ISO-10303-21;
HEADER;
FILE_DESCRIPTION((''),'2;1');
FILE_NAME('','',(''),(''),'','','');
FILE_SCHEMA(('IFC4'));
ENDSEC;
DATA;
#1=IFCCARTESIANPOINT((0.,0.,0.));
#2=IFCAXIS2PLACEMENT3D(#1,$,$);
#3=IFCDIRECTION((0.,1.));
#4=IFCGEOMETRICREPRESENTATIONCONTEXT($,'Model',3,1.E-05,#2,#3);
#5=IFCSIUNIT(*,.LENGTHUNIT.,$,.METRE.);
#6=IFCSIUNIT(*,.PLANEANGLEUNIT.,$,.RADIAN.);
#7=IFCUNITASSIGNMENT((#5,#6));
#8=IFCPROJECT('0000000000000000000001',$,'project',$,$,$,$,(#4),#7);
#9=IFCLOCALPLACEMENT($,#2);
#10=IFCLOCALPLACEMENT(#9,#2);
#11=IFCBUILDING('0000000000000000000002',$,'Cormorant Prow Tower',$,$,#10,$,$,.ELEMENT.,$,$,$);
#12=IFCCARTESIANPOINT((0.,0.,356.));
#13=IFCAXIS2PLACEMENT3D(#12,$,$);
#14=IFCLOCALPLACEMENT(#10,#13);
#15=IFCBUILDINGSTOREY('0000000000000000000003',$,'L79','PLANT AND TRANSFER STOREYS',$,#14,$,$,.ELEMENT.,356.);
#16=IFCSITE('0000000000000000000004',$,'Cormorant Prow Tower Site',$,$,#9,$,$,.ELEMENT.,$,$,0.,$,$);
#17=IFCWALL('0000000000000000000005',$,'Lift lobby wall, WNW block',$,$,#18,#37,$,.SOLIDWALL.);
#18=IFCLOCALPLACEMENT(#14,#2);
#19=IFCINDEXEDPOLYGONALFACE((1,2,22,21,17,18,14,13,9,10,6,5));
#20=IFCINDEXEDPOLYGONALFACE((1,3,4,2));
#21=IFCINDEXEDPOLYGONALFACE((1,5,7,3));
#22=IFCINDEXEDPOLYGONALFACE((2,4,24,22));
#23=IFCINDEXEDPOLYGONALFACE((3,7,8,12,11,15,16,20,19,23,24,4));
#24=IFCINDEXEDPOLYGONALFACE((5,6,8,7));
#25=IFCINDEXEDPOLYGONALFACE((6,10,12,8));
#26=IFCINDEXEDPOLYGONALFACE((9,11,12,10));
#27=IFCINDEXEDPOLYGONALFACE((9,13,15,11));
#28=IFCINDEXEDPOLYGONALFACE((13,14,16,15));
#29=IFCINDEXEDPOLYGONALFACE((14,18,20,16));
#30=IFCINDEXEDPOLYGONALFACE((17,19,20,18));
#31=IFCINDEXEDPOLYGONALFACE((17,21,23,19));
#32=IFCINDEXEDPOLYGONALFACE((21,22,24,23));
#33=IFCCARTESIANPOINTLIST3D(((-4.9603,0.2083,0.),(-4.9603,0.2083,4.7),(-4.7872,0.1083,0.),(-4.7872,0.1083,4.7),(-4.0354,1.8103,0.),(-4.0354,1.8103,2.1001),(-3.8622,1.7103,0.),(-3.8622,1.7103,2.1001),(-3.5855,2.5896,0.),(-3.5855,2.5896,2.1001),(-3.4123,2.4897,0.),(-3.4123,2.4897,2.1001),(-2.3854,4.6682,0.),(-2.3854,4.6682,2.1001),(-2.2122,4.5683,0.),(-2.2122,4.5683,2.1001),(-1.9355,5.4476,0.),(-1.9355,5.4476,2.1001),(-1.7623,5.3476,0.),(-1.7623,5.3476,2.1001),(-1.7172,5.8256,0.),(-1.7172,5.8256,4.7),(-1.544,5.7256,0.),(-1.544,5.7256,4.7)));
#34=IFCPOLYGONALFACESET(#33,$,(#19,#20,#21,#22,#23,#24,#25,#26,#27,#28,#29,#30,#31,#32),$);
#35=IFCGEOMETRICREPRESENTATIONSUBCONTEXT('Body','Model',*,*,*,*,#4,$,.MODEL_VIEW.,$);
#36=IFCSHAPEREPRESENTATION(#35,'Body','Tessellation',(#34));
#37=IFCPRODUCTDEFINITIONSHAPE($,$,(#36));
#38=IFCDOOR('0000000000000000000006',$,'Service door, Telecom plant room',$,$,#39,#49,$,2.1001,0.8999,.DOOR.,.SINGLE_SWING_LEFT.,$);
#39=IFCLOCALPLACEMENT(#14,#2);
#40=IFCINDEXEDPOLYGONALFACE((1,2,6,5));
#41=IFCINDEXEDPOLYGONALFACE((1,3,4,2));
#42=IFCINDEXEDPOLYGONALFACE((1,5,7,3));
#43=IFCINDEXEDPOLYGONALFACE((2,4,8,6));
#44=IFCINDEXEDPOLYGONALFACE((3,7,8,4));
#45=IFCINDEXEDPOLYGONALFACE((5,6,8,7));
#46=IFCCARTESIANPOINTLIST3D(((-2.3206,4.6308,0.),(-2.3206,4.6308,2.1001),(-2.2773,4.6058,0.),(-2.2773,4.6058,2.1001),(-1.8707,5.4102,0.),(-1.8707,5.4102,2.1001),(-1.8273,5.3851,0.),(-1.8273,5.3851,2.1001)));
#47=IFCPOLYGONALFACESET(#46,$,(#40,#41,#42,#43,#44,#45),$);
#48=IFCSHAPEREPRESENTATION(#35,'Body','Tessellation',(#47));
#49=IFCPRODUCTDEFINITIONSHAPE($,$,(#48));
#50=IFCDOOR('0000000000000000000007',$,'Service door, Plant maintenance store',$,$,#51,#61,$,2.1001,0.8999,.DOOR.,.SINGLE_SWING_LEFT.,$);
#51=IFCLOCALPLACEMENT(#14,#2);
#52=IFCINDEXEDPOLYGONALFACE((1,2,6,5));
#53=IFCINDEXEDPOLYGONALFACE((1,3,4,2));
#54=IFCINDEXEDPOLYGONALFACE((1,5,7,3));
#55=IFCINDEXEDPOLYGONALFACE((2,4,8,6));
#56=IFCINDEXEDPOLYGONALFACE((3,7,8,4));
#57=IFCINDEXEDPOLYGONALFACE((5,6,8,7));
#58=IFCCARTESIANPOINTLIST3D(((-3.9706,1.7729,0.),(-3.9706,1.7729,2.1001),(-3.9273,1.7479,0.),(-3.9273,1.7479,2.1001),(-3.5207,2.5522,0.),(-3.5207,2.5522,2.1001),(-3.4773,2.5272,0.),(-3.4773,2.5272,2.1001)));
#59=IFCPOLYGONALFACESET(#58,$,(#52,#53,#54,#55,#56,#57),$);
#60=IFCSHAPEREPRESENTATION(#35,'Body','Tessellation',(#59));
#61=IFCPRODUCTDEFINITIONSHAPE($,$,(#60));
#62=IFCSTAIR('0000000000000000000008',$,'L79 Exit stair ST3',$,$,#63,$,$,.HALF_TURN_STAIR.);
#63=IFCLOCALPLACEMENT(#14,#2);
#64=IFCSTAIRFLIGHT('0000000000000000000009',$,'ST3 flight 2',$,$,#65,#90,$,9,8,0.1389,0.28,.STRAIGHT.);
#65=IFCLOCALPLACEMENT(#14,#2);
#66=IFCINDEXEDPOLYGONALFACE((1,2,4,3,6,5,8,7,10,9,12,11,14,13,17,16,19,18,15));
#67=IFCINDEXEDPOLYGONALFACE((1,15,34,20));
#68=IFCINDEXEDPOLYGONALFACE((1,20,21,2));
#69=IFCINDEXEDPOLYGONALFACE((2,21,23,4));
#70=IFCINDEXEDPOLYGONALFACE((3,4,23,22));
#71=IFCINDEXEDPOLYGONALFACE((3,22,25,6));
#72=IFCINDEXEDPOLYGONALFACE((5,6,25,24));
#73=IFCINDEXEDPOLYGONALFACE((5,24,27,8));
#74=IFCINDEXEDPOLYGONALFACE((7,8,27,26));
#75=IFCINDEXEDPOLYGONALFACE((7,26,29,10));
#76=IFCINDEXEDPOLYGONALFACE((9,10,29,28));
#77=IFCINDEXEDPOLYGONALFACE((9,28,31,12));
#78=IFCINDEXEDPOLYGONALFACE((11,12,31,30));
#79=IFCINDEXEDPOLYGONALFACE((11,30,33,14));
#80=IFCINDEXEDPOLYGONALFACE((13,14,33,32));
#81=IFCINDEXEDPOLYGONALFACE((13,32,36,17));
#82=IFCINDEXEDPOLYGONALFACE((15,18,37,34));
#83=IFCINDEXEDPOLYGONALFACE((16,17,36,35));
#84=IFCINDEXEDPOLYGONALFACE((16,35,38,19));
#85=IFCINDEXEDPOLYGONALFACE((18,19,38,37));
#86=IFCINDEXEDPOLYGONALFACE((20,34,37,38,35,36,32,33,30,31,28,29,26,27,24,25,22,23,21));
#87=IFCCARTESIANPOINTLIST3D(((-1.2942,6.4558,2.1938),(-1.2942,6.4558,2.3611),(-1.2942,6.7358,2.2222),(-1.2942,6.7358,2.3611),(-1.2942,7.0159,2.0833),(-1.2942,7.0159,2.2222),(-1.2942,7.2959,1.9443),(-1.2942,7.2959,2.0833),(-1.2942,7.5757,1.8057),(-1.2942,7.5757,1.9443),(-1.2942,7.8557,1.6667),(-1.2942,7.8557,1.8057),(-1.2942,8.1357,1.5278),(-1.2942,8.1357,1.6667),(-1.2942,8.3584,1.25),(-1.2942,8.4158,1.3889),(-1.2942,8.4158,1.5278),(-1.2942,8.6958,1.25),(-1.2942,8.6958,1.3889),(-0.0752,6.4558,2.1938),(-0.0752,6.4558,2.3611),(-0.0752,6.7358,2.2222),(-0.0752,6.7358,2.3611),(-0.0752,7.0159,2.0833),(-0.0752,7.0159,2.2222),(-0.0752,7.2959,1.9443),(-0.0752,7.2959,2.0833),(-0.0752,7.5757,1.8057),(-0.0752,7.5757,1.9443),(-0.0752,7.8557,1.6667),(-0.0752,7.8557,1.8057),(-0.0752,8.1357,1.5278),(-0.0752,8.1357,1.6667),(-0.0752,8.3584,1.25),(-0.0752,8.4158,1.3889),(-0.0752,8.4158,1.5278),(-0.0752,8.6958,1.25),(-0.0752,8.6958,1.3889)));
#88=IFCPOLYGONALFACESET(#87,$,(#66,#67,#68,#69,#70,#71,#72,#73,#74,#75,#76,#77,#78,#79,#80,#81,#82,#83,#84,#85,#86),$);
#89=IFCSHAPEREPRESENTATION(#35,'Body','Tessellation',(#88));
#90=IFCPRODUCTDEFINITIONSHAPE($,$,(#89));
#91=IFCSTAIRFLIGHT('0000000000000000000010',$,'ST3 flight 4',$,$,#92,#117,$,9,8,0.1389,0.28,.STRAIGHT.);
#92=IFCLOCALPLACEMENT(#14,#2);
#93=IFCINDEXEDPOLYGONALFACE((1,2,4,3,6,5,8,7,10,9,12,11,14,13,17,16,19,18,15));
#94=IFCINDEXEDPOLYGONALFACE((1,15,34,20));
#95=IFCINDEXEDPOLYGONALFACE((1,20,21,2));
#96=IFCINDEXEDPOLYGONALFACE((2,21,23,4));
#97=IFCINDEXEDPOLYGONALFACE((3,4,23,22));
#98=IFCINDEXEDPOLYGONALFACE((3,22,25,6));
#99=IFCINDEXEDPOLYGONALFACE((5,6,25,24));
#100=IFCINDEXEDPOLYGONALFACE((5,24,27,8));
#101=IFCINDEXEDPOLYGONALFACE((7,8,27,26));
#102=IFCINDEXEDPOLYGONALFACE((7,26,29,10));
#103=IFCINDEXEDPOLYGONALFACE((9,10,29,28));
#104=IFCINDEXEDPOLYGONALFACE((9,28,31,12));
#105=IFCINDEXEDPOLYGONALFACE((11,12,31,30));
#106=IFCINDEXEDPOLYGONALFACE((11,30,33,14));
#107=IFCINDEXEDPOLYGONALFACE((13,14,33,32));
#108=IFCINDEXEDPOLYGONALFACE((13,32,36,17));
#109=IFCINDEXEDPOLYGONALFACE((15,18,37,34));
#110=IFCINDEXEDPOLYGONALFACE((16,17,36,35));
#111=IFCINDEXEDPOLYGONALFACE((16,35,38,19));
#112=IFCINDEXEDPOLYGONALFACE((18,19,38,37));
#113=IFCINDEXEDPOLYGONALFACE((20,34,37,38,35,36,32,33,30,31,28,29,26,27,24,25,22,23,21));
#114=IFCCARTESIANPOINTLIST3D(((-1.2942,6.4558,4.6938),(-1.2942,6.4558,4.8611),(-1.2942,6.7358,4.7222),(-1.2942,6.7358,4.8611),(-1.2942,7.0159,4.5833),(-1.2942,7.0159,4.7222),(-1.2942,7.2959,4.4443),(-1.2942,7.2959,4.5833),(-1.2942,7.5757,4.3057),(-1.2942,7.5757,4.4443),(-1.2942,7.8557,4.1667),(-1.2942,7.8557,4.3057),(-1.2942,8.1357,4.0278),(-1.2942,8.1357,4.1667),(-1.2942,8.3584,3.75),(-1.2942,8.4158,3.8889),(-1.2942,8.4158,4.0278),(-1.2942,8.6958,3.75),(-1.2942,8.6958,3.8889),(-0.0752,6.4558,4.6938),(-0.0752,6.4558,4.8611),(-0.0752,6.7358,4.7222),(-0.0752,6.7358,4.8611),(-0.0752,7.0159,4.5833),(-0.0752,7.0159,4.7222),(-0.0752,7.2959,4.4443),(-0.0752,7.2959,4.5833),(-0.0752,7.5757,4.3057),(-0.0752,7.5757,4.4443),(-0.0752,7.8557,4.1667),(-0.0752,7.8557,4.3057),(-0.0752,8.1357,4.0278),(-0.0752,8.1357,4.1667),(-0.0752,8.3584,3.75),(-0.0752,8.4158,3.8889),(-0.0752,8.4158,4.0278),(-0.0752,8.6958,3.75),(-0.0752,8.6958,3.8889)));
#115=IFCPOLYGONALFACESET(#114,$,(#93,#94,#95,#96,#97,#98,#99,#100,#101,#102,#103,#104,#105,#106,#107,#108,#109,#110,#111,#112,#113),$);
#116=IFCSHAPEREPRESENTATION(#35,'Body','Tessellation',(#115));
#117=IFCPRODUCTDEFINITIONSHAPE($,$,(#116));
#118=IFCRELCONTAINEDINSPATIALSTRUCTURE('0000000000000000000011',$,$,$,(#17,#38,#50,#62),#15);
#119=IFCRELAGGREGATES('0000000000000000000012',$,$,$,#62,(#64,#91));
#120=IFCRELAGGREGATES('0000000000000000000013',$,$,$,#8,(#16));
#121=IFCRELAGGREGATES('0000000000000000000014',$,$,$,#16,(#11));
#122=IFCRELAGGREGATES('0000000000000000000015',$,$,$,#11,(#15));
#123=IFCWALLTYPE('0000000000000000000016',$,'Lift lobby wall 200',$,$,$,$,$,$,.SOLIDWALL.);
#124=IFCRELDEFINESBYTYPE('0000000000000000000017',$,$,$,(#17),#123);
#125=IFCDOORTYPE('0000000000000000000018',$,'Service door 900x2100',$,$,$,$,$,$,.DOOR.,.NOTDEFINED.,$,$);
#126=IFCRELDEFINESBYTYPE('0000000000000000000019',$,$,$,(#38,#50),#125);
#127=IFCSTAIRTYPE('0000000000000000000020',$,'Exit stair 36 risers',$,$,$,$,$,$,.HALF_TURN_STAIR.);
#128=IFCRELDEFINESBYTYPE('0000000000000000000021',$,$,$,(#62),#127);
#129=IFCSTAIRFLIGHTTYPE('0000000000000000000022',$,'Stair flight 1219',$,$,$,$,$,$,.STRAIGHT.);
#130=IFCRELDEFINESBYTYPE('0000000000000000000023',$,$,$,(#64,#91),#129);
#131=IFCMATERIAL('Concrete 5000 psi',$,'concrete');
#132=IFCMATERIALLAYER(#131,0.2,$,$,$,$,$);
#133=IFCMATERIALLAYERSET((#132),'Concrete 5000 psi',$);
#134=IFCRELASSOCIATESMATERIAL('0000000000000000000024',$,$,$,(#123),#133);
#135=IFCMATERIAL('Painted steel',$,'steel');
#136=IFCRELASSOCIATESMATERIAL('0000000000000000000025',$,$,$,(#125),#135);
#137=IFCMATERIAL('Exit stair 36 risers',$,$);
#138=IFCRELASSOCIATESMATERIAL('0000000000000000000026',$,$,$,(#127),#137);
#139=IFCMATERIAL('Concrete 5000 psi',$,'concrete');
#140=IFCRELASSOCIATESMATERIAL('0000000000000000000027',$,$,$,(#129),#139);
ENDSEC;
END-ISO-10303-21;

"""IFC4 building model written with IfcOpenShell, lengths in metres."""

from ifc_helpers import new_model, si_unit, direction, frame, frame_2d, origin, place, context, subcontext, project, spatial, polyline, rectangle, outline, extrude, material, layer, layer_set, type_object, element, fill, aggregate, save


model = new_model("IFC4")

# Units and contexts
model_context = context("Model", 3, precision=1e-05, world=origin(), true_north=direction((0.0, 1.0)))
body_context = subcontext(model_context, "Body", "Model", "MODEL_VIEW")
ifc_project = project(units=[si_unit("LENGTHUNIT", "METRE"), si_unit("PLANEANGLEUNIT", "RADIAN")], contexts=[model_context])

# Site, building, storey
site_placement = place(None, origin())
site = spatial("IfcSite", under=ifc_project, at=site_placement, Name="Cormorant Prow Tower Site", CompositionType="ELEMENT", RefElevation=0.0)
building_placement = place(site_placement, origin())
building = spatial("IfcBuilding", under=site, at=building_placement, Name="Cormorant Prow Tower", CompositionType="ELEMENT")
storey_placement = place(building_placement, frame((0.0, 0.0, 356.0)))
storey = spatial("IfcBuildingStorey", under=building, at=storey_placement, Name="L79", Description="PLANT AND TRANSFER STOREYS", CompositionType="ELEMENT", Elevation=356.0)

# Wall, openings, doors
ifc_material_1 = material(Name="Concrete 5000 psi", Category="concrete")
ifc_layer_1 = layer(ifc_material_1, 0.2)
ifc_layer_set_1 = layer_set([ifc_layer_1], Name="Concrete 5000 psi")
wall_type_1 = type_object("IfcWallType", Name="Lift lobby wall 200", PredefinedType="SOLIDWALL", material=ifc_layer_set_1)
wall_1_placement = place(storey_placement, frame((-1.6306, 5.7756, 0.0), z_axis=(0.0, 0.0, 1.0), x_axis=(-0.499993, -0.86603, 0.0)))
wall_1 = element("IfcWall", 1, at=wall_1_placement, inside=storey, type_object=wall_type_1, Name="Lift lobby wall, WNW block", PredefinedType="SOLIDWALL", context=body_context, shape_type="SweptSolid", body=[
    extrude(rectangle(XDim=6.4863, YDim=0.2, at=frame_2d((3.2432, 0.0))), origin(), (0.0, 0.0, 1.0), 4.7),
])
opening_1_placement = place(wall_1_placement, frame((0.4365, 0.0, 0.0)))
opening_1 = element("IfcOpeningElement", 2, at=opening_1_placement, cuts=wall_1, PredefinedType="OPENING", context=body_context, shape_type="SweptSolid", body=[
    extrude(rectangle(XDim=0.8999, YDim=2.1001, at=frame_2d((0.45, 1.05))), frame((0.0, 0.1099, 0.0), z_axis=(0.0, -1.0, 0.0), x_axis=(1.0, 0.0, 0.0)), (0.0, 0.0, 1.0), 0.22),
])
opening_2_placement = place(wall_1_placement, frame((3.7366, 0.0, 0.0)))
opening_2 = element("IfcOpeningElement", 3, at=opening_2_placement, cuts=wall_1, PredefinedType="OPENING", context=body_context, shape_type="SweptSolid", body=[
    extrude(rectangle(XDim=0.8999, YDim=2.1001, at=frame_2d((0.45, 1.05))), frame((0.0, 0.1099, 0.0), z_axis=(0.0, -1.0, 0.0), x_axis=(1.0, 0.0, 0.0)), (0.0, 0.0, 1.0), 0.22),
])
ifc_material_2 = material(Name="Painted steel", Category="steel")
door_type_1 = type_object("IfcDoorType", Name="Service door 900x2100", OperationType="NOTDEFINED", PredefinedType="DOOR", material=ifc_material_2)
door_1_placement = place(opening_1_placement, origin())
door_1 = element("IfcDoor", 4, at=door_1_placement, inside=storey, type_object=door_type_1, Name="Service door, Telecom plant room", OperationType="SINGLE_SWING_LEFT", OverallHeight=2.1001, OverallWidth=0.8999, PredefinedType="DOOR", context=body_context, shape_type="SweptSolid", body=[
    extrude(rectangle(XDim=0.8999, YDim=2.1001, at=frame_2d((0.45, 1.05))), frame((0.0, 0.0249, 0.0), z_axis=(0.0, -1.0, 0.0), x_axis=(1.0, 0.0, 0.0)), (0.0, 0.0, 1.0), 0.05),
])
fill(opening_1, door_1)
door_2_placement = place(opening_2_placement, origin())
door_2 = element("IfcDoor", 5, at=door_2_placement, inside=storey, type_object=door_type_1, Name="Service door, Plant maintenance store", OperationType="SINGLE_SWING_LEFT", OverallHeight=2.1001, OverallWidth=0.8999, PredefinedType="DOOR", context=body_context, shape_type="SweptSolid", body=[
    extrude(rectangle(XDim=0.8999, YDim=2.1001, at=frame_2d((0.45, 1.05))), frame((0.0, 0.0249, 0.0), z_axis=(0.0, -1.0, 0.0), x_axis=(1.0, 0.0, 0.0)), (0.0, 0.0, 1.0), 0.05),
])
fill(opening_2, door_2)

# Stair, stair flights
ifc_material_3 = material(Name="Exit stair 36 risers")
stair_type = type_object("IfcStairType", Name="Exit stair 36 risers", PredefinedType="HALF_TURN_STAIR", material=ifc_material_3)
stair_placement = place(storey_placement, origin())
stair = element("IfcStair", 6, at=stair_placement, inside=storey, type_object=stair_type, Name="L79 Exit stair ST3", PredefinedType="HALF_TURN_STAIR")
ifc_material_4 = material(Name="Concrete 5000 psi", Category="concrete")
stair_flight_type = type_object("IfcStairFlightType", Name="Stair flight 1219", PredefinedType="STRAIGHT", material=ifc_material_4)
stair_flight_1_placement = place(storey_placement, frame((-0.6846, 8.6958, 1.25), z_axis=(0.0, 0.0, 1.0), x_axis=(0.0, -1.0, 0.0)))
stair_flight_1 = element("IfcStairFlight", 7, at=stair_flight_1_placement, type_object=stair_flight_type, Name="ST3 flight 2", NumberOfRisers=9, NumberOfTreads=8, PredefinedType="STRAIGHT", RiserHeight=0.1389, TreadLength=0.28, context=body_context, shape_type="SweptSolid", body=[
    extrude(outline(polyline([(0.0, 0.0), (0.0, 0.1389), (0.28, 0.1389), (0.28, 0.2778), (0.5601, 0.2778), (0.5601, 0.4167), (0.8401, 0.4167), (0.8401, 0.5557), (1.1201, 0.5557), (1.1201, 0.6943), (1.3999, 0.6943), (1.3999, 0.8333), (1.6799, 0.8333), (1.6799, 0.9722), (1.96, 0.9722), (1.96, 1.1111), (2.24, 1.1111), (2.24, 1.25), (2.24, 0.9438), (0.3374, 0.0), (0.0, 0.0)])), frame((0.0, 0.6094, 0.0), z_axis=(0.0, -1.0, 0.0), x_axis=(1.0, 0.0, 0.0)), (0.0, 0.0, 1.0), 1.219),
])
stair_flight_2_placement = place(storey_placement, frame((-0.6846, 8.6958, 3.75), z_axis=(0.0, 0.0, 1.0), x_axis=(0.0, -1.0, 0.0)))
stair_flight_2 = element("IfcStairFlight", 8, at=stair_flight_2_placement, type_object=stair_flight_type, Name="ST3 flight 4", NumberOfRisers=9, NumberOfTreads=8, PredefinedType="STRAIGHT", RiserHeight=0.1389, TreadLength=0.28, context=body_context, shape_type="SweptSolid", body=[
    extrude(outline(polyline([(0.0, 0.0), (0.0, 0.1389), (0.28, 0.1389), (0.28, 0.2778), (0.5601, 0.2778), (0.5601, 0.4167), (0.8401, 0.4167), (0.8401, 0.5557), (1.1201, 0.5557), (1.1201, 0.6943), (1.3999, 0.6943), (1.3999, 0.8333), (1.6799, 0.8333), (1.6799, 0.9722), (1.96, 0.9722), (1.96, 1.1111), (2.24, 1.1111), (2.24, 1.25), (2.24, 0.9438), (0.3374, 0.0), (0.0, 0.0)])), frame((0.0, 0.6094, 0.0), z_axis=(0.0, -1.0, 0.0), x_axis=(1.0, 0.0, 0.0)), (0.0, 0.0, 1.0), 1.219),
])
aggregate(stair, [stair_flight_1, stair_flight_2])

save(model, "model.ifc")
